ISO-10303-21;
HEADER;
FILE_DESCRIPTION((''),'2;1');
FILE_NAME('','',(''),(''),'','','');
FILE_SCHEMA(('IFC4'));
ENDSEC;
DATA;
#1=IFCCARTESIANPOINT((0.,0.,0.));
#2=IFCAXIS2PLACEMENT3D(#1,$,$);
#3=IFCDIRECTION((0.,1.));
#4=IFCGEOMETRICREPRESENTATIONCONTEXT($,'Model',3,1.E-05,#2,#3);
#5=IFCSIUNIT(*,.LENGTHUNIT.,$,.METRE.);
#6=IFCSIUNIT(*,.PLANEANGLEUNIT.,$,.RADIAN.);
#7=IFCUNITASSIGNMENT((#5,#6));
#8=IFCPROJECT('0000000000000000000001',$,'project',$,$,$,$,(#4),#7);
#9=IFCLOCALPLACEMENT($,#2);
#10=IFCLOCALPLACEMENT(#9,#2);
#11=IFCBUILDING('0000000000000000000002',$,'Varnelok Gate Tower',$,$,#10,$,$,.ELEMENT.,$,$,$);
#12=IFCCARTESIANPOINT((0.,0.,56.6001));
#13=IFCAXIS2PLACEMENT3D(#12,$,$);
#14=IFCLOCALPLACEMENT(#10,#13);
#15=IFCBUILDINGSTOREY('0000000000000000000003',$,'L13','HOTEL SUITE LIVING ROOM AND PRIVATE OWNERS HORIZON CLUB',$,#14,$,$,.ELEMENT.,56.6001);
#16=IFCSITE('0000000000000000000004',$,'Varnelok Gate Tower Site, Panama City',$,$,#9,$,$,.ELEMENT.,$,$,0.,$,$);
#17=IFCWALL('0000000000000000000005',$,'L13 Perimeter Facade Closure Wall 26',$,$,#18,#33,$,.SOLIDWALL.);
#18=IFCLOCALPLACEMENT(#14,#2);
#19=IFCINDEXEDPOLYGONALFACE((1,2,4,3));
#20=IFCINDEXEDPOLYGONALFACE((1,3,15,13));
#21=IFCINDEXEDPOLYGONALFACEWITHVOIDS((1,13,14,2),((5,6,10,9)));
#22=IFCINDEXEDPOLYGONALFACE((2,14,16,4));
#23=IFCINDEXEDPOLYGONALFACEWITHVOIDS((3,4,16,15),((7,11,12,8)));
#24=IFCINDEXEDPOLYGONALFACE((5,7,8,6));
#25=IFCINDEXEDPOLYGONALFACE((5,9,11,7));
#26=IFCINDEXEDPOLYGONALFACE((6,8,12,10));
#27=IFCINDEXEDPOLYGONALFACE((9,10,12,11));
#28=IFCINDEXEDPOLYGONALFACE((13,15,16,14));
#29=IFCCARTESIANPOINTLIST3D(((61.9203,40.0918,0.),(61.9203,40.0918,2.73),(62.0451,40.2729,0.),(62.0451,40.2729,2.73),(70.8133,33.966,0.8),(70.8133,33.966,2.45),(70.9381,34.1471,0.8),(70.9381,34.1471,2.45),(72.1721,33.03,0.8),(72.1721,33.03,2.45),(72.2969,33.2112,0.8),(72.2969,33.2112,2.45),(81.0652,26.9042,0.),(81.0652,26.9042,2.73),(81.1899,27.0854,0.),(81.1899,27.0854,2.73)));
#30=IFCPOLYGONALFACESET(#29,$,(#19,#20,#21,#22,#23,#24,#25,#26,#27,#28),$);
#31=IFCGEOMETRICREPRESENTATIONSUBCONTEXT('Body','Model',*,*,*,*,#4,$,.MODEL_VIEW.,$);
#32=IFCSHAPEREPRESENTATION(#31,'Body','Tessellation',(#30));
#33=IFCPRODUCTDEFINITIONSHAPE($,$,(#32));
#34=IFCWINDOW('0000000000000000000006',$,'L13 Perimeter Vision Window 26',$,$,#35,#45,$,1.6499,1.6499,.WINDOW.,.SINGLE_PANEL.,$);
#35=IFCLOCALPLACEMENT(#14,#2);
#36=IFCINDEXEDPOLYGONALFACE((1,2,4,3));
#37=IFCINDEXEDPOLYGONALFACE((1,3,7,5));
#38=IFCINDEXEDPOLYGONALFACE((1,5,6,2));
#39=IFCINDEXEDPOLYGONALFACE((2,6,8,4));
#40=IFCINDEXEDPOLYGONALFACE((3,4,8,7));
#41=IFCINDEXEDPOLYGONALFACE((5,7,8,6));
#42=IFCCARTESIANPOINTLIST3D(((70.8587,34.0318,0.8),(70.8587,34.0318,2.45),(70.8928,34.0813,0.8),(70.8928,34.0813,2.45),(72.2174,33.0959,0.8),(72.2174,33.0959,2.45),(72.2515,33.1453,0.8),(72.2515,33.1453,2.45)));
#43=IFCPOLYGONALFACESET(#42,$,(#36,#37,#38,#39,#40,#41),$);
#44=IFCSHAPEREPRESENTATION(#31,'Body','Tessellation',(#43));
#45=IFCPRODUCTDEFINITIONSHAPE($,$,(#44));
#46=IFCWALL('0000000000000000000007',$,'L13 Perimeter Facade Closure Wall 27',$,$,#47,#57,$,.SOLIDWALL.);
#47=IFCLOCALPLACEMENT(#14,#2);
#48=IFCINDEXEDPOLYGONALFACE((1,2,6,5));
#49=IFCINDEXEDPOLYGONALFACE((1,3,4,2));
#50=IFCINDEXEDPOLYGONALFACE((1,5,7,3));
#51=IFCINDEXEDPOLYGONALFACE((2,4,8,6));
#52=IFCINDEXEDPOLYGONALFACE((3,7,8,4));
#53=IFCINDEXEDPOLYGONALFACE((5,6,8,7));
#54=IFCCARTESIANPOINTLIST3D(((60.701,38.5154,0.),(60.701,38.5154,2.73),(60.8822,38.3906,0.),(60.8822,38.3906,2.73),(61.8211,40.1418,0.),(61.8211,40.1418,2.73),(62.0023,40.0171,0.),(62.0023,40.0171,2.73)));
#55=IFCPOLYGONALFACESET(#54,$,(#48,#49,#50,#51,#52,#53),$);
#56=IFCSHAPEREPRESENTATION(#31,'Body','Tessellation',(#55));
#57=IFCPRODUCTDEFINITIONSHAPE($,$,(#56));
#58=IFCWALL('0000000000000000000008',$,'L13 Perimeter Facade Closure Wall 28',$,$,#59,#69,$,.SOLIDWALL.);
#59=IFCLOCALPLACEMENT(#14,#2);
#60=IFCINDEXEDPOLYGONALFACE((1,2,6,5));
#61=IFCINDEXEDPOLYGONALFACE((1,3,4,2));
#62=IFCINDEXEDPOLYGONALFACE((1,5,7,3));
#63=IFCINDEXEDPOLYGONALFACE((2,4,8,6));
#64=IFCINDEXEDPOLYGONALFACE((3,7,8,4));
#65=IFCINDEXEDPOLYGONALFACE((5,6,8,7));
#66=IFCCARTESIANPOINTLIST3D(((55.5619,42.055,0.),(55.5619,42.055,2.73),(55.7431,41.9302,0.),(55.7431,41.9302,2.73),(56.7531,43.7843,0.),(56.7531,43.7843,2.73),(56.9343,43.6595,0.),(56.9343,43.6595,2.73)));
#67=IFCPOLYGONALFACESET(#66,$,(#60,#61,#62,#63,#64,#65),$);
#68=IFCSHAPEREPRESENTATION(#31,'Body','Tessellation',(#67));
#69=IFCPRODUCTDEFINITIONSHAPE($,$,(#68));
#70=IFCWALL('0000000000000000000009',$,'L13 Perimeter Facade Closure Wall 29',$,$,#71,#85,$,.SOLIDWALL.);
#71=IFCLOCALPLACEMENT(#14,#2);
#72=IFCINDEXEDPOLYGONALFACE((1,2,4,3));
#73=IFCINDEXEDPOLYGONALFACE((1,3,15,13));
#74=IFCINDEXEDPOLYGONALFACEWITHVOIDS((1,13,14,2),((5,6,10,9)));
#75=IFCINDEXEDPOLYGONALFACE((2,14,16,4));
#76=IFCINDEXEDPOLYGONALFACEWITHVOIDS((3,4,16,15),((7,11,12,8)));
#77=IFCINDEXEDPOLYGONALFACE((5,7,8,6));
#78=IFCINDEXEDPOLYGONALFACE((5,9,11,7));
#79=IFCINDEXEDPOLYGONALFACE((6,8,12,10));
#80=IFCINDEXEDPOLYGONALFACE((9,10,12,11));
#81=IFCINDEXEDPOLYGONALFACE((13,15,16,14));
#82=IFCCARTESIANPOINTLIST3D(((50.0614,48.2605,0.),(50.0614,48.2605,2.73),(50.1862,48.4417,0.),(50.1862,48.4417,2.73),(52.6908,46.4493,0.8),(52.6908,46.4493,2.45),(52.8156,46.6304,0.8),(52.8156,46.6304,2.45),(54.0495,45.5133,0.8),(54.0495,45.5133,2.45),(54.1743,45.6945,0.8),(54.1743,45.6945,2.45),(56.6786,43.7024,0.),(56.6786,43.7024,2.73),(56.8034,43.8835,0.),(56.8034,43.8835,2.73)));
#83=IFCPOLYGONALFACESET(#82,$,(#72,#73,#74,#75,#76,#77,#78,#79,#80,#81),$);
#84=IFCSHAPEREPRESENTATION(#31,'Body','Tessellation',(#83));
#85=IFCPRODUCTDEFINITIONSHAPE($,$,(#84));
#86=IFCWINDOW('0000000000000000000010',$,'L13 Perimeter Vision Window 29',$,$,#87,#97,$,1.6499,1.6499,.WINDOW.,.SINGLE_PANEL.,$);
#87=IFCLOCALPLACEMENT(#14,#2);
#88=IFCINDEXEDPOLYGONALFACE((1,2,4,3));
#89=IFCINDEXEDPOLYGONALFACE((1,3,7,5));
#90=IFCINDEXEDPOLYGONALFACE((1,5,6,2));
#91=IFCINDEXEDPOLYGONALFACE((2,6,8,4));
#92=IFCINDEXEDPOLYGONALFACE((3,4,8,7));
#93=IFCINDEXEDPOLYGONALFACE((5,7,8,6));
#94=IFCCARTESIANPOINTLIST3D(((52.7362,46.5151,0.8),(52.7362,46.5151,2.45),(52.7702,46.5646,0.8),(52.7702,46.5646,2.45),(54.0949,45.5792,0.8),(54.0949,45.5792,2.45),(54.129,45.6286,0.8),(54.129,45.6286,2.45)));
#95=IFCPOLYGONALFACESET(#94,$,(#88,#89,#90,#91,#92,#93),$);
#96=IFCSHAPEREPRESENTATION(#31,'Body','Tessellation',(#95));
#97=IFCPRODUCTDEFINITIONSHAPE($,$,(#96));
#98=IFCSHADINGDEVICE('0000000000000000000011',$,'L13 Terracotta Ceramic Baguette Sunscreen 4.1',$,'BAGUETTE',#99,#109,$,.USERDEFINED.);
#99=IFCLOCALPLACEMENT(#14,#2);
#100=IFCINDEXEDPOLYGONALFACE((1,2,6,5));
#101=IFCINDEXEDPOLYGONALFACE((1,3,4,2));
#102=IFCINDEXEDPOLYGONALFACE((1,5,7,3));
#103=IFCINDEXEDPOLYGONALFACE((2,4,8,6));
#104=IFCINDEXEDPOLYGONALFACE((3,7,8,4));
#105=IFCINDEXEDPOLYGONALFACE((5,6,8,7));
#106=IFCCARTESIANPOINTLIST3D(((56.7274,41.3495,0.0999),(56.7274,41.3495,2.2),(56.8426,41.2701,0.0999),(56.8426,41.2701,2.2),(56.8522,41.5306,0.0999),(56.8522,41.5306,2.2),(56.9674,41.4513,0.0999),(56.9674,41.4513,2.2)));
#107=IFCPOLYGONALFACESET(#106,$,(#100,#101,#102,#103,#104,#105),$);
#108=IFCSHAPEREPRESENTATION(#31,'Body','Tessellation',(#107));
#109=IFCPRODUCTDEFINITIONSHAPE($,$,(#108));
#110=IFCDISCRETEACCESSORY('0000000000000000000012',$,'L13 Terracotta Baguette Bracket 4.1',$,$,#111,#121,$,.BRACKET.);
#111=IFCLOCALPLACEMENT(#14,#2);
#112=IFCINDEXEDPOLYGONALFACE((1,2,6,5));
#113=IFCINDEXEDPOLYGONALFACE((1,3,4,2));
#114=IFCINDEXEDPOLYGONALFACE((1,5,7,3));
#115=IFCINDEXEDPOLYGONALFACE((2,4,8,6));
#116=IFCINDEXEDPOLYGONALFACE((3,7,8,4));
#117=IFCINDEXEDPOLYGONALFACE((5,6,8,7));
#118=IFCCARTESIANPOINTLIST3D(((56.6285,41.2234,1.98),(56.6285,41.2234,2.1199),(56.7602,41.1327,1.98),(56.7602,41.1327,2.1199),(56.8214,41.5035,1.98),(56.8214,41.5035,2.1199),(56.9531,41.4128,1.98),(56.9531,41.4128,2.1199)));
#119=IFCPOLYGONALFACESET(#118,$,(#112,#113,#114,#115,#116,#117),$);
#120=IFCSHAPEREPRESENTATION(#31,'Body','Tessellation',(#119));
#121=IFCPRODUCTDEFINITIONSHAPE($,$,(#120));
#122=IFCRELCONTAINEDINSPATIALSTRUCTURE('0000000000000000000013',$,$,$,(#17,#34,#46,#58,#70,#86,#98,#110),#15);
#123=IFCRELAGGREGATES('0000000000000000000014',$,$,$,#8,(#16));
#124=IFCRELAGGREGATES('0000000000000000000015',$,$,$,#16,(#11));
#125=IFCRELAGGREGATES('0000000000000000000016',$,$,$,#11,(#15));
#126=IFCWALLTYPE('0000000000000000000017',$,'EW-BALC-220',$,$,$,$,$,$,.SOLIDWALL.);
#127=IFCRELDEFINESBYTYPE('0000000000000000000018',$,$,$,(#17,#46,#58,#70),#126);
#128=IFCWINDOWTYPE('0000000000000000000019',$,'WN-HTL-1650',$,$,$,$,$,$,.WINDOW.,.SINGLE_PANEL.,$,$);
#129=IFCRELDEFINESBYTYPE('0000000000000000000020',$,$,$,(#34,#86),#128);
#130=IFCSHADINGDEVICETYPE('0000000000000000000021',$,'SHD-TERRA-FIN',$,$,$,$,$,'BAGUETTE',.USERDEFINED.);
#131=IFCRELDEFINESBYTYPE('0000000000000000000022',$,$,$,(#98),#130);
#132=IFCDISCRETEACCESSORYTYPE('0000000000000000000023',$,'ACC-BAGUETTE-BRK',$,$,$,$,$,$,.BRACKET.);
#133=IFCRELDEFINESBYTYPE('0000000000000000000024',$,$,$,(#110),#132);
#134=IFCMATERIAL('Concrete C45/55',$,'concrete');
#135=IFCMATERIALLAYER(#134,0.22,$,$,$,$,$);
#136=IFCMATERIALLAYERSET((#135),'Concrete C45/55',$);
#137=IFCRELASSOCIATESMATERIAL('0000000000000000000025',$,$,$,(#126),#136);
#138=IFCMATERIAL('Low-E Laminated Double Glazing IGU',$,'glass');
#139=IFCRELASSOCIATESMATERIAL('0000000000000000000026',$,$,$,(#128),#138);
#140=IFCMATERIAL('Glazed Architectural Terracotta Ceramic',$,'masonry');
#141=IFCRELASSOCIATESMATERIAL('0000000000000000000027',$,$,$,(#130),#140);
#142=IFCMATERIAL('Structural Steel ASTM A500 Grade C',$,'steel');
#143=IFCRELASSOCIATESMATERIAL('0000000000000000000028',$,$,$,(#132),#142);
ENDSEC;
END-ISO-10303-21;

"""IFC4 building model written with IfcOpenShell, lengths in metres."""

from ifc_helpers import new_model, si_unit, direction, frame, frame_2d, origin, origin_2d, place, context, subcontext, project, spatial, rectangle, extrude, source, transform, mapped, material, layer, layer_set, type_object, element, fill, save


model = new_model("IFC4")

# Units and contexts
model_context = context("Model", 3, precision=1e-05, world=origin(), true_north=direction((0.0, 1.0)))
body_context = subcontext(model_context, "Body", "Model", "MODEL_VIEW")
ifc_project = project(units=[si_unit("LENGTHUNIT", "METRE"), si_unit("PLANEANGLEUNIT", "RADIAN")], contexts=[model_context])

# Site, building, storey
site_placement = place(None, origin())
site = spatial("IfcSite", under=ifc_project, at=site_placement, Name="Varnelok Gate Tower Site, Panama City", CompositionType="ELEMENT", RefElevation=0.0)
building_placement = place(site_placement, origin())
building = spatial("IfcBuilding", under=site, at=building_placement, Name="Varnelok Gate Tower", CompositionType="ELEMENT")
storey_placement = place(building_placement, frame((0.0, 0.0, 56.6001)))
storey = spatial("IfcBuildingStorey", under=building, at=storey_placement, Name="L13", Description="HOTEL SUITE LIVING ROOM AND PRIVATE OWNERS HORIZON CLUB", CompositionType="ELEMENT", Elevation=56.6001)

# Shared definitions
ifc_material_1 = material(Name="Concrete C45/55", Category="concrete")
ifc_layer = layer(ifc_material_1, 0.22)
ifc_layer_set = layer_set([ifc_layer], Name="Concrete C45/55")
wall_type = type_object("IfcWallType", Name="EW-BALC-220", PredefinedType="SOLIDWALL", material=ifc_layer_set)

# Wall, opening, window
wall_1_placement = place(storey_placement, frame((81.1274, 26.9949, 0.0), z_axis=(0.0, 0.0, 1.0), x_axis=(-0.82353, 0.567272, 0.0)))
wall_1 = element("IfcWall", 1, at=wall_1_placement, inside=storey, type_object=wall_type, Name="L13 Perimeter Facade Closure Wall 26", PredefinedType="SOLIDWALL", context=body_context, shape_type="SweptSolid", body=[
    extrude(rectangle(XDim=23.2473, YDim=0.22, at=frame_2d((11.6235, 0.0))), origin(), (0.0, 0.0, 1.0), 2.73),
])
opening_1_placement = place(wall_1_placement, frame((10.7986, 0.0, 0.8)))
opening_1 = element("IfcOpeningElement", 2, at=opening_1_placement, cuts=wall_1, PredefinedType="OPENING", context=body_context, shape_type="SweptSolid", body=[
    extrude(rectangle(XDim=1.6499, YDim=1.6499, at=frame_2d((0.825, 0.825))), frame((0.0, 0.1199, 0.0), z_axis=(0.0, -1.0, 0.0), x_axis=(1.0, 0.0, 0.0)), (0.0, 0.0, 1.0), 0.24),
])
ifc_material_2 = material(Name="Low-E Laminated Double Glazing IGU", Category="glass")
window_type = type_object("IfcWindowType", Name="WN-HTL-1650", PartitioningType="SINGLE_PANEL", PredefinedType="WINDOW", material=ifc_material_2)
window_1_placement = place(opening_1_placement, origin())
window_1 = element("IfcWindow", 3, at=window_1_placement, inside=storey, type_object=window_type, Name="L13 Perimeter Vision Window 26", OverallHeight=1.6499, OverallWidth=1.6499, PartitioningType="SINGLE_PANEL", PredefinedType="WINDOW", context=body_context, shape_type="SweptSolid", body=[
    extrude(rectangle(XDim=1.6499, YDim=1.6499, at=frame_2d((0.825, 0.825))), frame((0.0, 0.03, 0.0), z_axis=(0.0, -1.0, 0.0), x_axis=(1.0, 0.0, 0.0)), (0.0, 0.0, 1.0), 0.0601),
])
fill(opening_1, window_1)

# Walls
wall_2_placement = place(storey_placement, frame((61.9116, 40.0793, 0.0), z_axis=(0.0, 0.0, 1.0), x_axis=(-0.56719, -0.823587, 0.0)))
element("IfcWall", 4, at=wall_2_placement, inside=storey, type_object=wall_type, Name="L13 Perimeter Facade Closure Wall 27", PredefinedType="SOLIDWALL", context=body_context, shape_type="SweptSolid", body=[
    extrude(rectangle(XDim=1.9749, YDim=0.22, at=frame_2d((0.9873, 0.0))), origin(), (0.0, 0.0, 1.0), 2.73),
])
wall_3_placement = place(storey_placement, frame((55.6526, 41.9927, 0.0), z_axis=(0.0, 0.0, 1.0), x_axis=(0.567274, 0.823529, 0.0)))
element("IfcWall", 5, at=wall_3_placement, inside=storey, type_object=wall_type, Name="L13 Perimeter Facade Closure Wall 28", PredefinedType="SOLIDWALL", context=body_context, shape_type="SweptSolid", body=[
    extrude(rectangle(XDim=2.0999, YDim=0.22, at=frame_2d((1.0498, 0.0))), origin(), (0.0, 0.0, 1.0), 2.73),
])

# Wall, opening, window
wall_4_placement = place(storey_placement, frame((56.741, 43.793, 0.0), z_axis=(0.0, 0.0, 1.0), x_axis=(-0.823531, 0.567271, 0.0)))
wall_4 = element("IfcWall", 6, at=wall_4_placement, inside=storey, type_object=wall_type, Name="L13 Perimeter Facade Closure Wall 29", PredefinedType="SOLIDWALL", context=body_context, shape_type="SweptSolid", body=[
    extrude(rectangle(XDim=8.0352, YDim=0.22, at=frame_2d((4.0176, 0.0))), origin(), (0.0, 0.0, 1.0), 2.73),
])
opening_2_placement = place(wall_4_placement, frame((3.1924, 0.0, 0.8)))
opening_2 = element("IfcOpeningElement", 7, at=opening_2_placement, cuts=wall_4, PredefinedType="OPENING", context=body_context, shape_type="SweptSolid", body=[
    extrude(rectangle(XDim=1.6499, YDim=1.6499, at=frame_2d((0.825, 0.825))), frame((0.0, 0.1199, 0.0), z_axis=(0.0, -1.0, 0.0), x_axis=(1.0, 0.0, 0.0)), (0.0, 0.0, 1.0), 0.24),
])
window_2_placement = place(opening_2_placement, origin())
window_2 = element("IfcWindow", 8, at=window_2_placement, inside=storey, type_object=window_type, Name="L13 Perimeter Vision Window 29", OverallHeight=1.6499, OverallWidth=1.6499, PartitioningType="SINGLE_PANEL", PredefinedType="WINDOW", context=body_context, shape_type="SweptSolid", body=[
    extrude(rectangle(XDim=1.6499, YDim=1.6499, at=frame_2d((0.825, 0.825))), frame((0.0, 0.03, 0.0), z_axis=(0.0, -1.0, 0.0), x_axis=(1.0, 0.0, 0.0)), (0.0, 0.0, 1.0), 0.0601),
])
fill(opening_2, window_2)

# Shading device
ifc_material_3 = material(Name="Glazed Architectural Terracotta Ceramic", Category="masonry")
shading_device_type = type_object("IfcShadingDeviceType", Name="SHD-TERRA-FIN", ElementType="BAGUETTE", PredefinedType="USERDEFINED", material=ifc_material_3)
shared_shape_1 = source(origin(), body_context, "Body", "SweptSolid", [
    extrude(rectangle(XDim=0.1399, YDim=0.22, at=origin_2d()), origin(), (0.0, 0.0, 1.0), 2.1001),
])
shading_device_placement = place(storey_placement, frame((56.8474, 41.4004, 0.0999), z_axis=(0.0, 0.0, 1.0), x_axis=(0.823533, -0.567269, 0.0)))
element("IfcShadingDevice", 9, at=shading_device_placement, inside=storey, type_object=shading_device_type, Name="L13 Terracotta Ceramic Baguette Sunscreen 4.1", ObjectType="BAGUETTE", PredefinedType="USERDEFINED", context=body_context, shape_type="MappedRepresentation", body=[
    mapped(shared_shape_1, transform((0.0, 0.0, 0.0), scale=1.0)),
])

# Discrete accessory
ifc_material_4 = material(Name="Structural Steel ASTM A500 Grade C", Category="steel")
discrete_accessory_type = type_object("IfcDiscreteAccessoryType", Name="ACC-BAGUETTE-BRK", PredefinedType="BRACKET", material=ifc_material_4)
shared_shape_2 = source(origin(), body_context, "Body", "SweptSolid", [
    extrude(rectangle(XDim=0.1599, YDim=0.3401, at=origin_2d()), origin(), (0.0, 0.0, 1.0), 0.1399),
])
discrete_accessory_placement = place(storey_placement, frame((56.7908, 41.3181, 1.98), z_axis=(0.0, 0.0, 1.0), x_axis=(0.823533, -0.567269, 0.0)))
element("IfcDiscreteAccessory", 10, at=discrete_accessory_placement, inside=storey, type_object=discrete_accessory_type, Name="L13 Terracotta Baguette Bracket 4.1", PredefinedType="BRACKET", context=body_context, shape_type="MappedRepresentation", body=[
    mapped(shared_shape_2, transform((0.0, 0.0, 0.0), scale=1.0)),
])

save(model, "model.ifc")
